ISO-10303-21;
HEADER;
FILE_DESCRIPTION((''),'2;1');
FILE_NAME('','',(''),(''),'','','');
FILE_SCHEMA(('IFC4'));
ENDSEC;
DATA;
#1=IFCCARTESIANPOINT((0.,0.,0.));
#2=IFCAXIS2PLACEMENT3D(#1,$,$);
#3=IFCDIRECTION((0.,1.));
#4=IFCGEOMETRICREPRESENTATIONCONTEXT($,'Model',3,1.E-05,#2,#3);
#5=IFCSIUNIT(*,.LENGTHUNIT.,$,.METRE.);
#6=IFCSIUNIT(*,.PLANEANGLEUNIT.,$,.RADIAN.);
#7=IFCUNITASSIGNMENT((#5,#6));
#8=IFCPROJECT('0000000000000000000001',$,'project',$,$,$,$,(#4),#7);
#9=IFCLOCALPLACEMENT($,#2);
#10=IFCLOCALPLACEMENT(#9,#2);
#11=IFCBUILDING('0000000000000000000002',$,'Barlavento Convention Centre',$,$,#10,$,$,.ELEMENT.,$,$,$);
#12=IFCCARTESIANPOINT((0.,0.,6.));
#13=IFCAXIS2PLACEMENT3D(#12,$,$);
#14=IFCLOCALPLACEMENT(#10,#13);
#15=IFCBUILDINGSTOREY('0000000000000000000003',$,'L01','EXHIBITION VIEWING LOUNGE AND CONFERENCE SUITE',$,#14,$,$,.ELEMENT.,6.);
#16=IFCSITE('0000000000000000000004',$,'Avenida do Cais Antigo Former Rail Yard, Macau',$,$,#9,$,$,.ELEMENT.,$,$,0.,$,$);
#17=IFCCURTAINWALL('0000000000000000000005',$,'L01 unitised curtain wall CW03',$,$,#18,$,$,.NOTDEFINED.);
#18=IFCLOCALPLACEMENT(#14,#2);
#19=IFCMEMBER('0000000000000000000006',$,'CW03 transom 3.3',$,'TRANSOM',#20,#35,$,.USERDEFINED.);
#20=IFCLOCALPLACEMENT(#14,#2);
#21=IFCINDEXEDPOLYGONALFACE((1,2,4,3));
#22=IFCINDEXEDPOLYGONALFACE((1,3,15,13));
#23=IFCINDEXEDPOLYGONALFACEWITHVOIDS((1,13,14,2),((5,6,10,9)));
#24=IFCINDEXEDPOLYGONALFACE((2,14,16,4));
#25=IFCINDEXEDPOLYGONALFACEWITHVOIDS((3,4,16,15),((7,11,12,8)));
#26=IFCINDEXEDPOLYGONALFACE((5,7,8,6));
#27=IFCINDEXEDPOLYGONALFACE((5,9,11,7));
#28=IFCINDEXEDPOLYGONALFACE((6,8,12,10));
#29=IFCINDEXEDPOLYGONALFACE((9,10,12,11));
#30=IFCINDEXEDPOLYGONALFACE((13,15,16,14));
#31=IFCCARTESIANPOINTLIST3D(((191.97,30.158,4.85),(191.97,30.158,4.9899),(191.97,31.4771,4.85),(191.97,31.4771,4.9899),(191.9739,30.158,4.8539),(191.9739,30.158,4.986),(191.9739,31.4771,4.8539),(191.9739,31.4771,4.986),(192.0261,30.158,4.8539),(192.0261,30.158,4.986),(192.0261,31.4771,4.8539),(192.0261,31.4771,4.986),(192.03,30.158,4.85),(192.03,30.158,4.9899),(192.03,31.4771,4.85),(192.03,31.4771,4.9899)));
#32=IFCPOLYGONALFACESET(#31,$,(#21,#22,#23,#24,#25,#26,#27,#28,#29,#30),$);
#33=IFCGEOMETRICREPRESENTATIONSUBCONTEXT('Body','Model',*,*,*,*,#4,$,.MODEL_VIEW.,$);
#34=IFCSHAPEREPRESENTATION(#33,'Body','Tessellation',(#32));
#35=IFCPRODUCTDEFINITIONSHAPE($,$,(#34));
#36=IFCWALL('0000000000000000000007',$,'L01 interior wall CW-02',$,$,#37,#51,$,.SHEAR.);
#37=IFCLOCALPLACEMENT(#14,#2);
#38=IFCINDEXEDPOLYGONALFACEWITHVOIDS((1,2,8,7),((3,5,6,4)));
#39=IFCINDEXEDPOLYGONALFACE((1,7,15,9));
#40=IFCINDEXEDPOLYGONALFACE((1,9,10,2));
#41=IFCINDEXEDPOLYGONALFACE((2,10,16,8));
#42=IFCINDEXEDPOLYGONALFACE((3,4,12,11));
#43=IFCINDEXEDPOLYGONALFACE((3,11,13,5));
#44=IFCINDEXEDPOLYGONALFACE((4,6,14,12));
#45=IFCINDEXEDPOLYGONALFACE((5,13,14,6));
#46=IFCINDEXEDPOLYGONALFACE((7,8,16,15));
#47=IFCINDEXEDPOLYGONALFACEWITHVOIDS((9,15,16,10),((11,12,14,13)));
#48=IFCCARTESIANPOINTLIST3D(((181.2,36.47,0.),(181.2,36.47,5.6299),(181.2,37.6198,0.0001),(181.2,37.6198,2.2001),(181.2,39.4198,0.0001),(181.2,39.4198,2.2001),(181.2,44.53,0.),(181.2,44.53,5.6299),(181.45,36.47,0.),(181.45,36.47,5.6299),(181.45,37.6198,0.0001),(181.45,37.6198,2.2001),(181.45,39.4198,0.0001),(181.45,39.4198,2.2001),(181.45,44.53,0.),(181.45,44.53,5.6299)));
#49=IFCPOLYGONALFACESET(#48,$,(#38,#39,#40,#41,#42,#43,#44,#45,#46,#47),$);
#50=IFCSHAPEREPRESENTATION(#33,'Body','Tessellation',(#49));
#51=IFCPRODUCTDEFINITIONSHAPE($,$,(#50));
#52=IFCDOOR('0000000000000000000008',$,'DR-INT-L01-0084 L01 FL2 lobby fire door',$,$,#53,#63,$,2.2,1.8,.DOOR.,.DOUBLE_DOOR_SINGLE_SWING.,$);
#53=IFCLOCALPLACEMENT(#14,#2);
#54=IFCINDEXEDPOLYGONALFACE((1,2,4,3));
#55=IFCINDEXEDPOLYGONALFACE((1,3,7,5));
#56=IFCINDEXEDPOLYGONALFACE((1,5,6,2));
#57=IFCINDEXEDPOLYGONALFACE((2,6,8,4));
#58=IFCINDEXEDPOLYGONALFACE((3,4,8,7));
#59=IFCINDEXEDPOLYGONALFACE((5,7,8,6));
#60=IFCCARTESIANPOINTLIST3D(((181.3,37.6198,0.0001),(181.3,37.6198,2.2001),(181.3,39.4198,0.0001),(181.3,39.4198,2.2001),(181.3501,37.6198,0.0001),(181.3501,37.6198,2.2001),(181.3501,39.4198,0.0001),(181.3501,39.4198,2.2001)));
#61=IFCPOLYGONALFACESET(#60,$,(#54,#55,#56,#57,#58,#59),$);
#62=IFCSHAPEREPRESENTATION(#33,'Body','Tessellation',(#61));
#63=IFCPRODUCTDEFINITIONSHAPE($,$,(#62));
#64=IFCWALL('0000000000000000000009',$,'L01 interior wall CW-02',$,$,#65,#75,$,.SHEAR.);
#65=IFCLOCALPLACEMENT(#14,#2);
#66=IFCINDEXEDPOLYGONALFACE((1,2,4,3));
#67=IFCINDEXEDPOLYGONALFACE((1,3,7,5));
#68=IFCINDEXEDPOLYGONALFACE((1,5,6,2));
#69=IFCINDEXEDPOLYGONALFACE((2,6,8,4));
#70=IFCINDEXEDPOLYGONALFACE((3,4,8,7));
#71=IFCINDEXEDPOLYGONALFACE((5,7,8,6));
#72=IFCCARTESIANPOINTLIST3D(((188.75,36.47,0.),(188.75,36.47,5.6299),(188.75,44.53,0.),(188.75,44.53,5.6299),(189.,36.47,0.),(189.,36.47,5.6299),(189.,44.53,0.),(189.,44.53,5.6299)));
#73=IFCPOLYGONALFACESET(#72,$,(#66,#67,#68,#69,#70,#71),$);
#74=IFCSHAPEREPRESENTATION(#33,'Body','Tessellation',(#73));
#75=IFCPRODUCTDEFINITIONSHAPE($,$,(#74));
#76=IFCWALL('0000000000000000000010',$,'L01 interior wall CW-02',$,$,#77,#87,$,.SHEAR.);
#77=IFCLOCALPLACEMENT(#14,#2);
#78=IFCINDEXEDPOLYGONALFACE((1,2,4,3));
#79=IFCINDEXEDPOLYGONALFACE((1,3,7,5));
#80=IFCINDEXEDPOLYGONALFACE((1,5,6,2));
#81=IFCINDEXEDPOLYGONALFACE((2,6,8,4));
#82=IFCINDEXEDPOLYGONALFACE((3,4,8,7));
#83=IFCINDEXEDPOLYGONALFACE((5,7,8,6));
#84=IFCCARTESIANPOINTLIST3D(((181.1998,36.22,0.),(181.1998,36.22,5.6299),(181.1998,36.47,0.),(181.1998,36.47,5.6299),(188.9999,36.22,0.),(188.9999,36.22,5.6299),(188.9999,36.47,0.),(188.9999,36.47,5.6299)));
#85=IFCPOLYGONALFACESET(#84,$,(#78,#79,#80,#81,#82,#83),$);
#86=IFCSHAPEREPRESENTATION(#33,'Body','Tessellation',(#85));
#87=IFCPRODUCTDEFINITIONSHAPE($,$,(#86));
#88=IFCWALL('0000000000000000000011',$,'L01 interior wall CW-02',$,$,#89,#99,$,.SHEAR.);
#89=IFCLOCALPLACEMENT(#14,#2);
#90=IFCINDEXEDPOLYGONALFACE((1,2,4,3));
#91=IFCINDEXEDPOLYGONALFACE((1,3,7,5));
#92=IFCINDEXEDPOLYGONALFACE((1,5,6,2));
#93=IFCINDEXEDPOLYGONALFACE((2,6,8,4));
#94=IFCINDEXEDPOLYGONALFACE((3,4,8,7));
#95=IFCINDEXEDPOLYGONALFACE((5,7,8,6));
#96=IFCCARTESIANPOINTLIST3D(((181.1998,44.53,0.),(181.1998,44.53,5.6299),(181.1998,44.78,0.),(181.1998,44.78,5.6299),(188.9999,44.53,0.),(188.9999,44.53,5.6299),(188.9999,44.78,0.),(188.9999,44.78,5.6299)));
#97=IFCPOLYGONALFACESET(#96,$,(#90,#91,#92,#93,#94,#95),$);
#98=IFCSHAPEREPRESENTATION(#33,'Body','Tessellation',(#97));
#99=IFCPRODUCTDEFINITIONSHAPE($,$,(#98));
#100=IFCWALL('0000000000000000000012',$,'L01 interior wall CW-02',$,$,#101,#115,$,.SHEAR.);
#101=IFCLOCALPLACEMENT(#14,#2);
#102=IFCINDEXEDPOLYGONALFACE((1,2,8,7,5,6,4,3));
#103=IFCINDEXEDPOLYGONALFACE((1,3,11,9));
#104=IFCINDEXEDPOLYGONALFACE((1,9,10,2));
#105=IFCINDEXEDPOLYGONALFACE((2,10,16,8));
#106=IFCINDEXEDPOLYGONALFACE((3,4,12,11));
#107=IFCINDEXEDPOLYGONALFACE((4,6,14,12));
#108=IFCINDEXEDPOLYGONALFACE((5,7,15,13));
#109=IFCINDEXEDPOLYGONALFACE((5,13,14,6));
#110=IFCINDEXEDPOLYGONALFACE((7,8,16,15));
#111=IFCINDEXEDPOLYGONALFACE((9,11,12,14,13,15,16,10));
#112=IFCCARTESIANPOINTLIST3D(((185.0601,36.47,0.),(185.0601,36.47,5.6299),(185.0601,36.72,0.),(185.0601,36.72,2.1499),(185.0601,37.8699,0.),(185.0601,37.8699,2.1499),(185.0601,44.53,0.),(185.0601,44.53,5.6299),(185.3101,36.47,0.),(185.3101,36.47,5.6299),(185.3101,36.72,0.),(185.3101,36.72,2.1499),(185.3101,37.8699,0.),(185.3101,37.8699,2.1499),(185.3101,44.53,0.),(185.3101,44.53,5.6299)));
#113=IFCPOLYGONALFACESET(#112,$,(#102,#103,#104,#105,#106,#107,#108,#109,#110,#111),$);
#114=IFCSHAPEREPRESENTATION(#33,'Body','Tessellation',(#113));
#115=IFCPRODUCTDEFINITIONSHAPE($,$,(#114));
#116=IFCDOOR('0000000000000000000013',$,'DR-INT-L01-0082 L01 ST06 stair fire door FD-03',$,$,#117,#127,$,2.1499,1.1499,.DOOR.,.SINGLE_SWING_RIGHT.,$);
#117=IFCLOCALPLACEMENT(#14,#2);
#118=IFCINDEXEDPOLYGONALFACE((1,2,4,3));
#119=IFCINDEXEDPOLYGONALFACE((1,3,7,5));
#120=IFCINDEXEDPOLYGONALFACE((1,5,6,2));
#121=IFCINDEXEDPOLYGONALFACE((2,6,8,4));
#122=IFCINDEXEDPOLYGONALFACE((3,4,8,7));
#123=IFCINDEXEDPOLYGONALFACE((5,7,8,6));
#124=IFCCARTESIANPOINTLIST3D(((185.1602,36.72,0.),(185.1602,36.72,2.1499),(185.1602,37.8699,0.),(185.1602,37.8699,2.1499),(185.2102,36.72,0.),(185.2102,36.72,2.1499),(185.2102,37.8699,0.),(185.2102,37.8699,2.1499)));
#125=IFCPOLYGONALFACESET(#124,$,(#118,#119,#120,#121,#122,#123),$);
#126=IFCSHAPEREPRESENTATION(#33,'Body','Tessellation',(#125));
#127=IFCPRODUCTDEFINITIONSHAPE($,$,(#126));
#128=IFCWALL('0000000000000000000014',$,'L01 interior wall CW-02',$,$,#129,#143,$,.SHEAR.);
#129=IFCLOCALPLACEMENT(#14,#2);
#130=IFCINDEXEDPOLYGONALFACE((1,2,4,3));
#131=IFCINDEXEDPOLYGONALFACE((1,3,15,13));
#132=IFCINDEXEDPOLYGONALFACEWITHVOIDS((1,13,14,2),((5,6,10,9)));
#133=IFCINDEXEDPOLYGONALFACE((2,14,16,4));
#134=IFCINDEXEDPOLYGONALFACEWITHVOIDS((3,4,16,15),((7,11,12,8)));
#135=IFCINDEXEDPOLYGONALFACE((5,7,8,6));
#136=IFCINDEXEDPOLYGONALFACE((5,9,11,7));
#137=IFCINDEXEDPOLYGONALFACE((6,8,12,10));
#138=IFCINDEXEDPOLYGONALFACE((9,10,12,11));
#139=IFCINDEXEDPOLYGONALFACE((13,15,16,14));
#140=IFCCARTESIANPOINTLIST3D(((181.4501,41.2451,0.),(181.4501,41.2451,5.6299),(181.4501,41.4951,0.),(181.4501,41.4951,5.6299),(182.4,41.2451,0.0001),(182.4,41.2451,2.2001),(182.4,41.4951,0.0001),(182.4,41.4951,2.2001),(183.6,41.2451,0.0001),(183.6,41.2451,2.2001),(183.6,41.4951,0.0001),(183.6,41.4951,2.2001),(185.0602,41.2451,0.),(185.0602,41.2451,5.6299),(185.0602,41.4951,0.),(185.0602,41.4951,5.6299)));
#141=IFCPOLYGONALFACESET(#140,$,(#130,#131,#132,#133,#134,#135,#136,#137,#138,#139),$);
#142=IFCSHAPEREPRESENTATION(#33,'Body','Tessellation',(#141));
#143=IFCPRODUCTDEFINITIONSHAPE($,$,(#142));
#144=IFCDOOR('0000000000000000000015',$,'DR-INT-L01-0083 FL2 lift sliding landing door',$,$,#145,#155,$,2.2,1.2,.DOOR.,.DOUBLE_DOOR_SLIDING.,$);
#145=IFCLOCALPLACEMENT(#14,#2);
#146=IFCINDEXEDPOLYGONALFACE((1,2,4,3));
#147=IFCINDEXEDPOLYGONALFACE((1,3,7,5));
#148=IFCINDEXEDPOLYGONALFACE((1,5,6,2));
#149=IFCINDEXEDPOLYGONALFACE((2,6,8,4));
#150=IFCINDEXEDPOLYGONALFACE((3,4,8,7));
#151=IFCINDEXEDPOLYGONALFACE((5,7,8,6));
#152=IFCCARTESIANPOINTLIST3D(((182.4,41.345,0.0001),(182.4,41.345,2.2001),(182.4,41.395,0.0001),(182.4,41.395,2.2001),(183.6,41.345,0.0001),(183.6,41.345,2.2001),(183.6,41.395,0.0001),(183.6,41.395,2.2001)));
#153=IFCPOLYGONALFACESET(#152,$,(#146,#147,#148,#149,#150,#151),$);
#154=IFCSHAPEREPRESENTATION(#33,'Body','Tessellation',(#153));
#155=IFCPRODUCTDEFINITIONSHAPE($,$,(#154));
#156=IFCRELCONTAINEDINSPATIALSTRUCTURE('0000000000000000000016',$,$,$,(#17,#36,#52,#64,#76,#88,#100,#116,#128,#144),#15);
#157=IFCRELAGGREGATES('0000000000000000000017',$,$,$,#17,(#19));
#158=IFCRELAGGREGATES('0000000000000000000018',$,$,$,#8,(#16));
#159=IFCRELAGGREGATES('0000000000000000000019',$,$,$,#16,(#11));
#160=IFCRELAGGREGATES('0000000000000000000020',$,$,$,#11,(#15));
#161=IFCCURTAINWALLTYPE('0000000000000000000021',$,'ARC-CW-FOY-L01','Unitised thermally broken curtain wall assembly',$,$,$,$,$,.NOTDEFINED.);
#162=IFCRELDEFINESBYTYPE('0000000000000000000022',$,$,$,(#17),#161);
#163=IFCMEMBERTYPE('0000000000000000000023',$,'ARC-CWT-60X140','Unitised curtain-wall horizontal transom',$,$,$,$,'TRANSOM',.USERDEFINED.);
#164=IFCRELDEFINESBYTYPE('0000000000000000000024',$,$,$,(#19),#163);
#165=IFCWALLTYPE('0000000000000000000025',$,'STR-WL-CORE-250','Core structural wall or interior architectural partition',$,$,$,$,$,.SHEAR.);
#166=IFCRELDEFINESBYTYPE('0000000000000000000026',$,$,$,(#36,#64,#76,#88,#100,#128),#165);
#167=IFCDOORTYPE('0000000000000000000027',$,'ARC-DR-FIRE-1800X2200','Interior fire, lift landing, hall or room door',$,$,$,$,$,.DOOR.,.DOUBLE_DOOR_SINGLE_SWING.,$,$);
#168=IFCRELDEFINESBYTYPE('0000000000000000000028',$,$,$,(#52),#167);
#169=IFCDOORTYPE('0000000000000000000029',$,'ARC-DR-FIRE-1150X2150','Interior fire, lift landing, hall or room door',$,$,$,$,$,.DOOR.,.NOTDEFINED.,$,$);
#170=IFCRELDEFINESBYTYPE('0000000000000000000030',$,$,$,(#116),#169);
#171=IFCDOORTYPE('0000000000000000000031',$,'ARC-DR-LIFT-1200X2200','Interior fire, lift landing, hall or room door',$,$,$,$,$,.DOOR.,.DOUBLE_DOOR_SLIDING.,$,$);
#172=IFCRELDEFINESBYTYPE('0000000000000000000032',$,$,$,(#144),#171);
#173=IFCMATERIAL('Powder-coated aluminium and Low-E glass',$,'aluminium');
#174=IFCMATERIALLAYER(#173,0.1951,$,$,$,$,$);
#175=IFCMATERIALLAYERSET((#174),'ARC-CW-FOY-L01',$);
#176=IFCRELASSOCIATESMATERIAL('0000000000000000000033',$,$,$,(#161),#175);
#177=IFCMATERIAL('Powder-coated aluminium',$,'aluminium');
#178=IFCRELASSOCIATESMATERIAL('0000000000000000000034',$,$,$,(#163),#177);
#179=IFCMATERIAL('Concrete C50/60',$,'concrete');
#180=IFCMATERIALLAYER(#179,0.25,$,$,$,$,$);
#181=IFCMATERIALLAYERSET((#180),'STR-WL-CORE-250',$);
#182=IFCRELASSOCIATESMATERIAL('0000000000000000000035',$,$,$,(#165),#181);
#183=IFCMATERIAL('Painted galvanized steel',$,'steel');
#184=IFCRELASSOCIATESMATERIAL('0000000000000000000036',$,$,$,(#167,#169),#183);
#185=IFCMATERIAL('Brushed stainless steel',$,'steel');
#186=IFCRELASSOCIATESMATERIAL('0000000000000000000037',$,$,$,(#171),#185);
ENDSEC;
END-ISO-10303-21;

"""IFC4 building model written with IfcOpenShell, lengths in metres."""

from ifc_helpers import new_model, si_unit, direction, frame, frame_2d, origin, origin_2d, place, context, subcontext, project, spatial, rectangle, hollow_rectangle, extrude, material, layer, layer_set, material_profile, profile_set, type_object, element, fill, aggregate, save


model = new_model("IFC4")

# Units and contexts
model_context = context("Model", 3, precision=1e-05, world=origin(), true_north=direction((0.0, 1.0)))
body_context = subcontext(model_context, "Body", "Model", "MODEL_VIEW")
ifc_project = project(units=[si_unit("LENGTHUNIT", "METRE"), si_unit("PLANEANGLEUNIT", "RADIAN")], contexts=[model_context])

# Site, building, storey
site_placement = place(None, origin())
site = spatial("IfcSite", under=ifc_project, at=site_placement, Name="Avenida do Cais Antigo Former Rail Yard, Macau", CompositionType="ELEMENT", RefElevation=0.0)
building_placement = place(site_placement, origin())
building = spatial("IfcBuilding", under=site, at=building_placement, Name="Barlavento Convention Centre", CompositionType="ELEMENT")
storey_placement = place(building_placement, frame((0.0, 0.0, 6.0)))
storey = spatial("IfcBuildingStorey", under=building, at=storey_placement, Name="L01", Description="EXHIBITION VIEWING LOUNGE AND CONFERENCE SUITE", CompositionType="ELEMENT", Elevation=6.0)

# Curtain wall, member
ifc_material_1 = material(Name="Powder-coated aluminium and Low-E glass", Category="aluminium")
ifc_layer_1 = layer(ifc_material_1, 0.1951)
ifc_layer_set_1 = layer_set([ifc_layer_1], Name="ARC-CW-FOY-L01")
curtain_wall_type = type_object("IfcCurtainWallType", Name="ARC-CW-FOY-L01", Description="Unitised thermally broken curtain wall assembly", PredefinedType="NOTDEFINED", material=ifc_layer_set_1)
curtain_wall_placement = place(storey_placement, origin())
curtain_wall = element("IfcCurtainWall", 1, at=curtain_wall_placement, inside=storey, type_object=curtain_wall_type, Name="L01 unitised curtain wall CW03", PredefinedType="NOTDEFINED")
ifc_material_2 = material(Name="Powder-coated aluminium", Category="aluminium")
ifc_material_profile = material_profile(ifc_material_2, hollow_rectangle(XDim=0.0601, YDim=0.1399, WallThickness=0.0039, at=origin_2d()), Name="AL-TRAN 60x140x4")
ifc_profile_set = profile_set([ifc_material_profile], Name="Powder-coated aluminium")
member_type = type_object("IfcMemberType", Name="ARC-CWT-60X140", Description="Unitised curtain-wall horizontal transom", ElementType="TRANSOM", PredefinedType="USERDEFINED", material=ifc_profile_set)
member_placement = place(storey_placement, frame((192.0, 30.158, 4.9199), z_axis=(0.0, 1.0, 0.0), x_axis=(-1.0, 0.0, 0.0)))
member = element("IfcMember", 2, at=member_placement, type_object=member_type, Name="CW03 transom 3.3", ObjectType="TRANSOM", PredefinedType="USERDEFINED", context=body_context, shape_type="SweptSolid", body=[
    extrude(hollow_rectangle(XDim=0.0601, YDim=0.1399, WallThickness=0.0039, at=origin_2d()), origin(), (0.0, 0.0, 1.0), 1.3191),
])
aggregate(curtain_wall, [member])

# Wall, opening, door
ifc_material_3 = material(Name="Concrete C50/60", Category="concrete")
ifc_layer_2 = layer(ifc_material_3, 0.25)
ifc_layer_set_2 = layer_set([ifc_layer_2], Name="STR-WL-CORE-250")
wall_type = type_object("IfcWallType", Name="STR-WL-CORE-250", Description="Core structural wall or interior architectural partition", PredefinedType="SHEAR", material=ifc_layer_set_2)
wall_1_placement = place(storey_placement, frame((181.325, 36.47, 0.0), z_axis=(0.0, 0.0, 1.0), x_axis=(0.0, 1.0, 0.0)))
wall_1 = element("IfcWall", 3, at=wall_1_placement, inside=storey, type_object=wall_type, Name="L01 interior wall CW-02", PredefinedType="SHEAR", context=body_context, shape_type="SweptSolid", body=[
    extrude(rectangle(XDim=8.0601, YDim=0.25, at=frame_2d((4.03, 0.0))), origin(), (0.0, 0.0, 1.0), 5.6299),
])
opening_1_placement = place(wall_1_placement, frame((1.1499, 0.0, 0.0)))
opening_1 = element("IfcOpeningElement", 4, at=opening_1_placement, cuts=wall_1, PredefinedType="OPENING", context=body_context, shape_type="SweptSolid", body=[
    extrude(rectangle(XDim=1.8, YDim=2.2, at=frame_2d((0.8999, 1.1001))), frame((0.0, 0.135, 0.0), z_axis=(0.0, -1.0, 0.0), x_axis=(1.0, 0.0, 0.0)), (0.0, 0.0, 1.0), 0.27),
])
ifc_material_4 = material(Name="Painted galvanized steel", Category="steel")
door_type_1 = type_object("IfcDoorType", Name="ARC-DR-FIRE-1800X2200", Description="Interior fire, lift landing, hall or room door", OperationType="DOUBLE_DOOR_SINGLE_SWING", PredefinedType="DOOR", material=ifc_material_4)
door_1_placement = place(opening_1_placement, origin())
door_1 = element("IfcDoor", 5, at=door_1_placement, inside=storey, type_object=door_type_1, Name="DR-INT-L01-0084 L01 FL2 lobby fire door", OperationType="DOUBLE_DOOR_SINGLE_SWING", OverallHeight=2.2, OverallWidth=1.8, PredefinedType="DOOR", context=body_context, shape_type="SweptSolid", body=[
    extrude(rectangle(XDim=1.8, YDim=2.2, at=frame_2d((0.8999, 1.1001))), frame((0.0, 0.0249, 0.0), z_axis=(0.0, -1.0, 0.0), x_axis=(1.0, 0.0, 0.0)), (0.0, 0.0, 1.0), 0.05),
])
fill(opening_1, door_1)

# Walls
wall_2_placement = place(storey_placement, frame((188.875, 36.47, 0.0), z_axis=(0.0, 0.0, 1.0), x_axis=(0.0, 1.0, 0.0)))
element("IfcWall", 6, at=wall_2_placement, inside=storey, type_object=wall_type, Name="L01 interior wall CW-02", PredefinedType="SHEAR", context=body_context, shape_type="SweptSolid", body=[
    extrude(rectangle(XDim=8.0601, YDim=0.25, at=frame_2d((4.03, 0.0))), origin(), (0.0, 0.0, 1.0), 5.6299),
])
for number, where, z_axis, x_axis, name in (
    (7, (181.2, 36.345, 0.0), (0.0, 0.0, 1.0), (1.0, 0.0, 0.0), "L01 interior wall CW-02"),
    (8, (181.2, 44.655, 0.0), (0.0, 0.0, 1.0), (1.0, 0.0, 0.0), "L01 interior wall CW-02"),
):
    element("IfcWall", number, at=place(storey_placement, frame(where, z_axis=z_axis, x_axis=x_axis)), inside=storey, type_object=wall_type, Name=name, PredefinedType="SHEAR", context=body_context, shape_type="SweptSolid", body=[
        extrude(rectangle(XDim=7.8, YDim=0.25, at=frame_2d((3.8999, 0.0))), origin(), (0.0, 0.0, 1.0), 5.6299),
    ])

# Walls, openings, doors
wall_3_placement = place(storey_placement, frame((185.1851, 36.47, 0.0), z_axis=(0.0, 0.0, 1.0), x_axis=(0.0, 1.0, 0.0)))
wall_3 = element("IfcWall", 9, at=wall_3_placement, inside=storey, type_object=wall_type, Name="L01 interior wall CW-02", PredefinedType="SHEAR", context=body_context, shape_type="SweptSolid", body=[
    extrude(rectangle(XDim=8.0601, YDim=0.25, at=frame_2d((4.03, 0.0))), origin(), (0.0, 0.0, 1.0), 5.6299),
])
opening_2_placement = place(wall_3_placement, frame((0.25, 0.0, 0.0)))
opening_2 = element("IfcOpeningElement", 10, at=opening_2_placement, cuts=wall_3, PredefinedType="OPENING", context=body_context, shape_type="SweptSolid", body=[
    extrude(rectangle(XDim=1.1499, YDim=2.1499, at=frame_2d((0.575, 1.075))), frame((0.0, 0.135, 0.0), z_axis=(0.0, -1.0, 0.0), x_axis=(1.0, 0.0, 0.0)), (0.0, 0.0, 1.0), 0.27),
])
door_type_2 = type_object("IfcDoorType", Name="ARC-DR-FIRE-1150X2150", Description="Interior fire, lift landing, hall or room door", OperationType="NOTDEFINED", PredefinedType="DOOR", material=ifc_material_4)
door_2_placement = place(opening_2_placement, origin())
door_2 = element("IfcDoor", 11, at=door_2_placement, inside=storey, type_object=door_type_2, Name="DR-INT-L01-0082 L01 ST06 stair fire door FD-03", OperationType="SINGLE_SWING_RIGHT", OverallHeight=2.1499, OverallWidth=1.1499, PredefinedType="DOOR", context=body_context, shape_type="SweptSolid", body=[
    extrude(rectangle(XDim=1.1499, YDim=2.1499, at=frame_2d((0.575, 1.075))), frame((0.0, 0.0249, 0.0), z_axis=(0.0, -1.0, 0.0), x_axis=(1.0, 0.0, 0.0)), (0.0, 0.0, 1.0), 0.05),
])
fill(opening_2, door_2)
wall_4_placement = place(storey_placement, frame((181.45, 41.3701, 0.0), z_axis=(0.0, 0.0, 1.0), x_axis=(1.0, 0.0, 0.0)))
wall_4 = element("IfcWall", 12, at=wall_4_placement, inside=storey, type_object=wall_type, Name="L01 interior wall CW-02", PredefinedType="SHEAR", context=body_context, shape_type="SweptSolid", body=[
    extrude(rectangle(XDim=3.6101, YDim=0.25, at=frame_2d((1.8052, 0.0))), origin(), (0.0, 0.0, 1.0), 5.6299),
])
opening_3_placement = place(wall_4_placement, frame((0.95, 0.0, 0.0)))
opening_3 = element("IfcOpeningElement", 13, at=opening_3_placement, cuts=wall_4, PredefinedType="OPENING", context=body_context, shape_type="SweptSolid", body=[
    extrude(rectangle(XDim=1.2, YDim=2.2, at=frame_2d((0.6001, 1.1001))), frame((0.0, 0.135, 0.0), z_axis=(0.0, -1.0, 0.0), x_axis=(1.0, 0.0, 0.0)), (0.0, 0.0, 1.0), 0.27),
])
ifc_material_5 = material(Name="Brushed stainless steel", Category="steel")
door_type_3 = type_object("IfcDoorType", Name="ARC-DR-LIFT-1200X2200", Description="Interior fire, lift landing, hall or room door", OperationType="DOUBLE_DOOR_SLIDING", PredefinedType="DOOR", material=ifc_material_5)
door_3_placement = place(opening_3_placement, origin())
door_3 = element("IfcDoor", 14, at=door_3_placement, inside=storey, type_object=door_type_3, Name="DR-INT-L01-0083 FL2 lift sliding landing door", OperationType="DOUBLE_DOOR_SLIDING", OverallHeight=2.2, OverallWidth=1.2, PredefinedType="DOOR", context=body_context, shape_type="SweptSolid", body=[
    extrude(rectangle(XDim=1.2, YDim=2.2, at=frame_2d((0.6001, 1.1001))), frame((0.0, 0.0249, 0.0), z_axis=(0.0, -1.0, 0.0), x_axis=(1.0, 0.0, 0.0)), (0.0, 0.0, 1.0), 0.05),
])
fill(opening_3, door_3)

save(model, "model.ifc")
